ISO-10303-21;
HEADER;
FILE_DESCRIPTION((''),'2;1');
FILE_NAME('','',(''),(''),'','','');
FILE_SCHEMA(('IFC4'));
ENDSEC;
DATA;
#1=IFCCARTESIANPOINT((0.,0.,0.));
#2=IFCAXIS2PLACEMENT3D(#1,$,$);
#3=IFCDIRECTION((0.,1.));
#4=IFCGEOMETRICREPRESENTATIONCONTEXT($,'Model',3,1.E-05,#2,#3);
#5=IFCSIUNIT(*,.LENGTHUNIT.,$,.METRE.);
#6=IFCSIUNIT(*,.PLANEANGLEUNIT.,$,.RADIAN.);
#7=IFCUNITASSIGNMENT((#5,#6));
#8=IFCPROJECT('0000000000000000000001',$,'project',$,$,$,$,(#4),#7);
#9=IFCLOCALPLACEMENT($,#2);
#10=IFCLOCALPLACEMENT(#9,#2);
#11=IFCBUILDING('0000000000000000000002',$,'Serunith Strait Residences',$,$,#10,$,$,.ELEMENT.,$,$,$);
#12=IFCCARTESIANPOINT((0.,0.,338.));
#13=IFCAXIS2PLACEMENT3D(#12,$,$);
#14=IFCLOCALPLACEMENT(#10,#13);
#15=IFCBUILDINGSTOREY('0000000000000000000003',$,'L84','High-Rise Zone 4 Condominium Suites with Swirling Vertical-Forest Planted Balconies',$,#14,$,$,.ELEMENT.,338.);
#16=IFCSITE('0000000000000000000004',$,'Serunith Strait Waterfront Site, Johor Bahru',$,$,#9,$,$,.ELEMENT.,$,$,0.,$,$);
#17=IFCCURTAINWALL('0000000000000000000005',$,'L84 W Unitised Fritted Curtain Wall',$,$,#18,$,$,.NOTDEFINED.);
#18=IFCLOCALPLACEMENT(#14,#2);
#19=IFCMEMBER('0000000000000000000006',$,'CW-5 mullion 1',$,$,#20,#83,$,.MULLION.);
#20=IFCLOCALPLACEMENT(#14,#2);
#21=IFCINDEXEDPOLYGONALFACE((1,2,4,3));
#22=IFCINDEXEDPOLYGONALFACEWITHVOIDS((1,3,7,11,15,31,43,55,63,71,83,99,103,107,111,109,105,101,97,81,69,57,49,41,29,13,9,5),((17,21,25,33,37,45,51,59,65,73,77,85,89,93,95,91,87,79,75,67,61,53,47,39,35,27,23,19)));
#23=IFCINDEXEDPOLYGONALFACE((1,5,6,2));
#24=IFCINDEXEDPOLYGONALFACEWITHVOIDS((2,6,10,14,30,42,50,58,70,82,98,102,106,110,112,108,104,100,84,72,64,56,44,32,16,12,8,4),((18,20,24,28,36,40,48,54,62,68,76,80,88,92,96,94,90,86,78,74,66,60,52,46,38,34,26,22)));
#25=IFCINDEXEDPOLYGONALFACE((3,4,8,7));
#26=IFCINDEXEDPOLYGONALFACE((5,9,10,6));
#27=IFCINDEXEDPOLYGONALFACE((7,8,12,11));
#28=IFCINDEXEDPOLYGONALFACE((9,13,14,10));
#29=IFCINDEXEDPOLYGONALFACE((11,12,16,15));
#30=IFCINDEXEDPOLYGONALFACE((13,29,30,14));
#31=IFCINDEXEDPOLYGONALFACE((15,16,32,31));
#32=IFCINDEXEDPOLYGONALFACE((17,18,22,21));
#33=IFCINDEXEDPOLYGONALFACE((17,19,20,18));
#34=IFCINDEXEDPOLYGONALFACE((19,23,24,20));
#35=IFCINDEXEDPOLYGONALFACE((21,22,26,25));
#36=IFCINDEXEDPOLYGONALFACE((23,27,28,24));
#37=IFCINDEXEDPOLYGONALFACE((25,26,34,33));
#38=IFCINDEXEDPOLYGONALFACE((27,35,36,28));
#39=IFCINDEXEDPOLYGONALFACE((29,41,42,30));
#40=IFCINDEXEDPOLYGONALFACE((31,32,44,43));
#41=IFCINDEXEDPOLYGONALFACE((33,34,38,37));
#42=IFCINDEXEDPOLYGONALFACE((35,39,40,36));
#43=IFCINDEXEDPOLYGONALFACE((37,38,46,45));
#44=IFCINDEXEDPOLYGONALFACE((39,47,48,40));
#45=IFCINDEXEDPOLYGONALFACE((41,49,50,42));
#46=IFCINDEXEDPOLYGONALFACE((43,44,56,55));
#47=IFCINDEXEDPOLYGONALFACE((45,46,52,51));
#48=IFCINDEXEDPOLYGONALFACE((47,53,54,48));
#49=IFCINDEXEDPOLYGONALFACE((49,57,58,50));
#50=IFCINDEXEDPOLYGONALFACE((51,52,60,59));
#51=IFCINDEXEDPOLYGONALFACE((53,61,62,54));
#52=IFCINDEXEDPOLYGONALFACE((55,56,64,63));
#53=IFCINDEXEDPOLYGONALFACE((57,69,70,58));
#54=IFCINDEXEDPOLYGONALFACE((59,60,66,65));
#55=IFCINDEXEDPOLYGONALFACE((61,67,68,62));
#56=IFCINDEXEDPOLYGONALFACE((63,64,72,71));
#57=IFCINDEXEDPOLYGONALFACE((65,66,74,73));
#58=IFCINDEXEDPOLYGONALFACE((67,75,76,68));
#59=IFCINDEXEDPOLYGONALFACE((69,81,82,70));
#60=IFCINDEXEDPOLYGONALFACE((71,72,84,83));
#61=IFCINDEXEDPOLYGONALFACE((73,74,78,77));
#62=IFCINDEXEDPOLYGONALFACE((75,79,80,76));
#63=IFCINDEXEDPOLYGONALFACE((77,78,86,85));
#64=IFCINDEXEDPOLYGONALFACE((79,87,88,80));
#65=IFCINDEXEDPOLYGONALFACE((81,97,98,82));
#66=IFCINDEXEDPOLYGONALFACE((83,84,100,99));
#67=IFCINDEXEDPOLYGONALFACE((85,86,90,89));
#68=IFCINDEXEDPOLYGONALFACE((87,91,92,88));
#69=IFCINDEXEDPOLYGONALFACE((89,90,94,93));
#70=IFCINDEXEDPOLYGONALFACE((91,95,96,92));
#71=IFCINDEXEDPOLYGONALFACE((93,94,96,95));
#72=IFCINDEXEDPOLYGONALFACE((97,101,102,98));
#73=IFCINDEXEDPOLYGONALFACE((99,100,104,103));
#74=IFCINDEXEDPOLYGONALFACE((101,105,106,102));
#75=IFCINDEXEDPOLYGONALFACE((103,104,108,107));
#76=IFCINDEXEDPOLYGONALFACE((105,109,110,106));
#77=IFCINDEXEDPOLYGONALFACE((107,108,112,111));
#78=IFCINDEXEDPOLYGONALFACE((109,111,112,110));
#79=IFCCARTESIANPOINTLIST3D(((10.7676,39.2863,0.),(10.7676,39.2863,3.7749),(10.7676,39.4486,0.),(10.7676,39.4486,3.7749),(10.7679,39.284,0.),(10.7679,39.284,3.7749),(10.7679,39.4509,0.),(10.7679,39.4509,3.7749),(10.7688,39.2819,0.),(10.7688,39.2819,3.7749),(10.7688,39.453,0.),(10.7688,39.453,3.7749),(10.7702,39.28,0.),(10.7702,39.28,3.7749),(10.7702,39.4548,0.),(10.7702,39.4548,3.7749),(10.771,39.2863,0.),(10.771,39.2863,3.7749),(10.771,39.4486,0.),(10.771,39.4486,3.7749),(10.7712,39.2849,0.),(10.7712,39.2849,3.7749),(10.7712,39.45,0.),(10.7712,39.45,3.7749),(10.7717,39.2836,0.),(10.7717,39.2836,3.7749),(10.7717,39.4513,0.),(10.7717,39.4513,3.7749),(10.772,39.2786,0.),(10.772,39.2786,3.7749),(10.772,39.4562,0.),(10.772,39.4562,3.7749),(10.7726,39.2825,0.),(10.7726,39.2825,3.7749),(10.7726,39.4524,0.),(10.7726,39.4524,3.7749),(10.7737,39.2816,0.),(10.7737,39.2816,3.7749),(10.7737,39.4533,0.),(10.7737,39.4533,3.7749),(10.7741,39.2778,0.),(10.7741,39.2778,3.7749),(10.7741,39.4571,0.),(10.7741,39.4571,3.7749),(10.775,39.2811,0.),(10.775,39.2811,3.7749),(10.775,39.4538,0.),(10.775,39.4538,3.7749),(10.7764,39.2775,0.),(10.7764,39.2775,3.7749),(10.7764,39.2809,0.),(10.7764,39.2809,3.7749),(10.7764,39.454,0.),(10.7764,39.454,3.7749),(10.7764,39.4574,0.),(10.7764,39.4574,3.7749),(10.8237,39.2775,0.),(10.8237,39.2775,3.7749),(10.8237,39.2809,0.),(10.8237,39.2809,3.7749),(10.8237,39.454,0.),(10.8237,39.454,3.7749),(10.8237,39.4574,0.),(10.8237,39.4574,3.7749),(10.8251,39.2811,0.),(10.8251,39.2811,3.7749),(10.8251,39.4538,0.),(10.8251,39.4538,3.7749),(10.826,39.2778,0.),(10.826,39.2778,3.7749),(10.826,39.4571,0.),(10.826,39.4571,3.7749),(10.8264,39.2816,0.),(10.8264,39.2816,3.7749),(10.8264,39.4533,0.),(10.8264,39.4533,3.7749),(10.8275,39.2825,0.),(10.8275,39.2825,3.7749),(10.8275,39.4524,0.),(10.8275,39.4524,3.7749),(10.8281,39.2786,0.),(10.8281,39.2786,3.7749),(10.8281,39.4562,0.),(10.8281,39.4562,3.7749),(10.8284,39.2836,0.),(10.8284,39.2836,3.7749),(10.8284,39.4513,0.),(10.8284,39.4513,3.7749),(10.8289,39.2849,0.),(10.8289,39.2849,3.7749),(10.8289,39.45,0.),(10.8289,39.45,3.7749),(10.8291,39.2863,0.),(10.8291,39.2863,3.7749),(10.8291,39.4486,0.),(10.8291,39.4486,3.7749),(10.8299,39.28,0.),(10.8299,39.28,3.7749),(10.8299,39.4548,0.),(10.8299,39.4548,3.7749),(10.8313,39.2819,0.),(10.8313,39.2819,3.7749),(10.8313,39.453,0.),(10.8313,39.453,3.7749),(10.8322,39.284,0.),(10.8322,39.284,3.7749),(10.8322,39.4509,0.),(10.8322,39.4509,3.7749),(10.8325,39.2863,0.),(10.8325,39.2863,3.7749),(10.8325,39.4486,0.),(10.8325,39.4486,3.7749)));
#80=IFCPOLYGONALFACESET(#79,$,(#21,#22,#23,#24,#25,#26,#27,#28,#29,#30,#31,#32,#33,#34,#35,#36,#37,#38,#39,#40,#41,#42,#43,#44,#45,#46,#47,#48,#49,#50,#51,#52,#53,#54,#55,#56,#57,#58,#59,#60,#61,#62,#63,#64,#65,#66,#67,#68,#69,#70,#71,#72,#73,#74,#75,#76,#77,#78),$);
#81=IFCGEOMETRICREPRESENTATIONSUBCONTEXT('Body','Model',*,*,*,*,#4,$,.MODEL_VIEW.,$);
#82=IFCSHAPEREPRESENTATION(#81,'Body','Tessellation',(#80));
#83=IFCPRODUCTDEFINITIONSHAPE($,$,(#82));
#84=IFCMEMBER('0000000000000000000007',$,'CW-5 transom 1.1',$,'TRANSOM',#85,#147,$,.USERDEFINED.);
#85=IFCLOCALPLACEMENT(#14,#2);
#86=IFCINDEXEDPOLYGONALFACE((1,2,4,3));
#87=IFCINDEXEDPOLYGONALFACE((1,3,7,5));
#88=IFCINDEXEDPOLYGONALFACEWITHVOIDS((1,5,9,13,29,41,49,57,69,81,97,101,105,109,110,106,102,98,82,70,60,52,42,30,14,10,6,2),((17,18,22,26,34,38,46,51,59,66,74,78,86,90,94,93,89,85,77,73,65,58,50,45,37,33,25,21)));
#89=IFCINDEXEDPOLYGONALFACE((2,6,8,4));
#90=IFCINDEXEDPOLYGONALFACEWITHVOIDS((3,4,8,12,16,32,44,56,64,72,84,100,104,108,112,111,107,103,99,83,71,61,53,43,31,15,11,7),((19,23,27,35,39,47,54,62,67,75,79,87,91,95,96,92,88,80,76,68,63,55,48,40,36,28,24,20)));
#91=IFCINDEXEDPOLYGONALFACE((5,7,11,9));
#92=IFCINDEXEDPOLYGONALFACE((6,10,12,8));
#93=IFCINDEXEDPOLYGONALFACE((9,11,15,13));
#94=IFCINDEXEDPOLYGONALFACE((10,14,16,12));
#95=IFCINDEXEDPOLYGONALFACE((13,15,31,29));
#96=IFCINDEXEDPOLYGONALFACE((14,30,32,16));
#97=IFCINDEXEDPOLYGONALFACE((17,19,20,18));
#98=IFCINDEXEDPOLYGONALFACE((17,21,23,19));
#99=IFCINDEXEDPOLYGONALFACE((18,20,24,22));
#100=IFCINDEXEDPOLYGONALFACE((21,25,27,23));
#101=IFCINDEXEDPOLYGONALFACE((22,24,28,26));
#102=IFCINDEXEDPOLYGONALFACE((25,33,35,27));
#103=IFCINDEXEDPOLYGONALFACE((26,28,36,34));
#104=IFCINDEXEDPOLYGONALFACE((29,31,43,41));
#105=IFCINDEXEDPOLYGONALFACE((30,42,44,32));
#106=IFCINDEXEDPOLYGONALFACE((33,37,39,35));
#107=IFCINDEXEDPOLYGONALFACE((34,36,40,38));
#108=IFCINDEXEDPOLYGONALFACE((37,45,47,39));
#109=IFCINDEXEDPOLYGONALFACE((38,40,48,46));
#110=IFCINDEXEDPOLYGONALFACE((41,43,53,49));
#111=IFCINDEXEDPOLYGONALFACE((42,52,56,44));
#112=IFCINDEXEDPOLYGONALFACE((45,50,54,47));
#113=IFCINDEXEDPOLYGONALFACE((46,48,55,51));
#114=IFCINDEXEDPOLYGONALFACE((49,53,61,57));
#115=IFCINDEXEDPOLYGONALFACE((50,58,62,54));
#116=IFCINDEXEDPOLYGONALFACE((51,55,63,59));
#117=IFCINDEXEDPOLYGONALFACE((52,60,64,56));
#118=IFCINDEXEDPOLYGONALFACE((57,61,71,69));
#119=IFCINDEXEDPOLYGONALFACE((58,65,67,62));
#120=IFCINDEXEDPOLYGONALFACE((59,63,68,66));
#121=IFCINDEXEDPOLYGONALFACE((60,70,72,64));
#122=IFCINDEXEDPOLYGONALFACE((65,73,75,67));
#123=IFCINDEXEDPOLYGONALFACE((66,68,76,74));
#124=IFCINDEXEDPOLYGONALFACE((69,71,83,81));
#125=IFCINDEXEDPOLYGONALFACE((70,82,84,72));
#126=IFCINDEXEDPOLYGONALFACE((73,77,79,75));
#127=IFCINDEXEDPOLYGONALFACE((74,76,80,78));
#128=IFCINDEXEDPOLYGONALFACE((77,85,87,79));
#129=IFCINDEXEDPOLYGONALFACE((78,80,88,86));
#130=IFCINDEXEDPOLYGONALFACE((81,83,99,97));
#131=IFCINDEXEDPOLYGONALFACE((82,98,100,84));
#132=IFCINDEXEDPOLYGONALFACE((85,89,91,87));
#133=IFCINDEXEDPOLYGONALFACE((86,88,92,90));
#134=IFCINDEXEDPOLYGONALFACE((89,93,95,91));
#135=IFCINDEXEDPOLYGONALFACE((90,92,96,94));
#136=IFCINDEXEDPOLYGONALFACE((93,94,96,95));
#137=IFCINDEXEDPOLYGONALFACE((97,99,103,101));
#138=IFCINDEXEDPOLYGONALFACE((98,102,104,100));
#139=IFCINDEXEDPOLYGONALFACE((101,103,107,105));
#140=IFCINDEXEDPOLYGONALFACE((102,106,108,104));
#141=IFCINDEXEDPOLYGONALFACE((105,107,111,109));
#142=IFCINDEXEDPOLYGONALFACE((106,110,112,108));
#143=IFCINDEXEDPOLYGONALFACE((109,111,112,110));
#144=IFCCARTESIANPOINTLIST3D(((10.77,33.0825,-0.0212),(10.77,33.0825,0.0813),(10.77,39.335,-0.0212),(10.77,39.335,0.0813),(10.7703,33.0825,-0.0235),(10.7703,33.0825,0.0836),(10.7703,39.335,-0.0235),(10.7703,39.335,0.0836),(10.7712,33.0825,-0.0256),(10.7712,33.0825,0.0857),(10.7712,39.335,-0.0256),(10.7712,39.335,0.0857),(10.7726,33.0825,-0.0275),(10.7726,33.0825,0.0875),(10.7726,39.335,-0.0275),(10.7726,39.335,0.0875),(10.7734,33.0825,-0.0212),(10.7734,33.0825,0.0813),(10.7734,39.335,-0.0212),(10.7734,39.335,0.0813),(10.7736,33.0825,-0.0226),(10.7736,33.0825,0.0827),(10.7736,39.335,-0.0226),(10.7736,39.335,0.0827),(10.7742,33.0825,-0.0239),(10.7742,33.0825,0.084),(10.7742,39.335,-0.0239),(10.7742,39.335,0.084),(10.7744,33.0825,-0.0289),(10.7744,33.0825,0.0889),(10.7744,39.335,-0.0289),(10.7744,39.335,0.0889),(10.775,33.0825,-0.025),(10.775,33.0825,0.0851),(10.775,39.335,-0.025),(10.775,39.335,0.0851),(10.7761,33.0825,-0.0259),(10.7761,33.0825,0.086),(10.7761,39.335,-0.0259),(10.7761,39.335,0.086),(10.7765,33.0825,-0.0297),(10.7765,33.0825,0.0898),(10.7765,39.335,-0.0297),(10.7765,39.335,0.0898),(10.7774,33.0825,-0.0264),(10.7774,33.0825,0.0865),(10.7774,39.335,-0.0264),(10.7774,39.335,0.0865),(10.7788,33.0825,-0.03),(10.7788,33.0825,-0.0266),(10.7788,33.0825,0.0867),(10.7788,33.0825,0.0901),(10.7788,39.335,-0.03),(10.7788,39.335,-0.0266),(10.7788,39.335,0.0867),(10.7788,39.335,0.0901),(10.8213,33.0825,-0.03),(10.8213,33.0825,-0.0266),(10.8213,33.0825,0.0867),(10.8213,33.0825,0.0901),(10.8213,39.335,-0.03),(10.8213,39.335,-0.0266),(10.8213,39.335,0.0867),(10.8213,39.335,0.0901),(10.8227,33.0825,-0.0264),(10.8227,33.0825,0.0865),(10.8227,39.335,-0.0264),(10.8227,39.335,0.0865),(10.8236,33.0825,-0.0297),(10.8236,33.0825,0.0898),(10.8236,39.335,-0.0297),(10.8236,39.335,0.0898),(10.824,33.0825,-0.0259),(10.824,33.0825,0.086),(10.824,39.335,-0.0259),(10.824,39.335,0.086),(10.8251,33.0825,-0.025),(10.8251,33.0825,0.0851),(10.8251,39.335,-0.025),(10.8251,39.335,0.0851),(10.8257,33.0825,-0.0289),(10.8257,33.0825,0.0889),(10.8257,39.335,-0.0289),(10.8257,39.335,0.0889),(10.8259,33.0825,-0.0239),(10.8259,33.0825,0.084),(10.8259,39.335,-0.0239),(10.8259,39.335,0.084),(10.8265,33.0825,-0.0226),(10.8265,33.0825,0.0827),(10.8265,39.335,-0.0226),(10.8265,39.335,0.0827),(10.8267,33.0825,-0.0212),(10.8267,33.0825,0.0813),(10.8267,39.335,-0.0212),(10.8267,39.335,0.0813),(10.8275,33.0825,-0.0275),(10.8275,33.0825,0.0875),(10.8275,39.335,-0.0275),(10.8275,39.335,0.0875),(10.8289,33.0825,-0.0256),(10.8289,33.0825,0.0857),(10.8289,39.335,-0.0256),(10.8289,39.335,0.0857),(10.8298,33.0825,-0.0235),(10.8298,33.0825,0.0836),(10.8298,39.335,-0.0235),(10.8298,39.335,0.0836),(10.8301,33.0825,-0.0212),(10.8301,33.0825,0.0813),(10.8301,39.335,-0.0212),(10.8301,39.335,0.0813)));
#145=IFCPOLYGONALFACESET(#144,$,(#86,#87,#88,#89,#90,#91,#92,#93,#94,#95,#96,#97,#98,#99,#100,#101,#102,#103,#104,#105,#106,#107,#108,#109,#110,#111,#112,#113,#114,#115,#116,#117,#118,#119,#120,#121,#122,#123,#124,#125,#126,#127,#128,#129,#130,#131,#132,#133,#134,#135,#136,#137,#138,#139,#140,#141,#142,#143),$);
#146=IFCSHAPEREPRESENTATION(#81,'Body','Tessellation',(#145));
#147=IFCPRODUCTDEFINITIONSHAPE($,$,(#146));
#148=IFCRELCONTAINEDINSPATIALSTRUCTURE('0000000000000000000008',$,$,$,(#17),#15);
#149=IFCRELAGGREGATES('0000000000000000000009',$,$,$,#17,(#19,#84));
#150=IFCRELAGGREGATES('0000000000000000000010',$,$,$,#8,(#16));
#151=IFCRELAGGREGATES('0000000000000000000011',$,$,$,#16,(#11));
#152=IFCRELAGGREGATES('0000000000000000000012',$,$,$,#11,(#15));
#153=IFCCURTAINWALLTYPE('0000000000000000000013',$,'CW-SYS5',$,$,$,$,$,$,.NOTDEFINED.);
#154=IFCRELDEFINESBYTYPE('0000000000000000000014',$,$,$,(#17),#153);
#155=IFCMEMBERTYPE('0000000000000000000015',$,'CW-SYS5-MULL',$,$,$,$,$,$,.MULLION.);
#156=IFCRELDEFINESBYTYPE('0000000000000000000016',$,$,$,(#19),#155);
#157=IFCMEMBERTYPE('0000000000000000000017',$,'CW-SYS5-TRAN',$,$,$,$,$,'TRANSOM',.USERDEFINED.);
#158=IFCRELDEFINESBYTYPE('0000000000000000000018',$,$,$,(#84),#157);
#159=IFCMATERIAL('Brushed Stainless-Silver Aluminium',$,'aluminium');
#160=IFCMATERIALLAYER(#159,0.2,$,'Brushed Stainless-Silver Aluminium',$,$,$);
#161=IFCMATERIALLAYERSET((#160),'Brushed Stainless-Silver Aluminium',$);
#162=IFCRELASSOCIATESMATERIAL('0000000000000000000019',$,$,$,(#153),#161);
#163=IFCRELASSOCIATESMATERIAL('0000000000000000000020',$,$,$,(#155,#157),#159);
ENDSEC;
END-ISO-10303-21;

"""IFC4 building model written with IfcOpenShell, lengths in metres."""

from ifc_helpers import new_model, si_unit, direction, frame, origin, origin_2d, place, context, subcontext, project, spatial, hollow_rectangle, extrude, source, transform, mapped, material, layer, layer_set, material_profile, profile_set, type_object, element, aggregate, save


model = new_model("IFC4")

# Units and contexts
model_context = context("Model", 3, precision=1e-05, world=origin(), true_north=direction((0.0, 1.0)))
body_context = subcontext(model_context, "Body", "Model", "MODEL_VIEW")
ifc_project = project(units=[si_unit("LENGTHUNIT", "METRE"), si_unit("PLANEANGLEUNIT", "RADIAN")], contexts=[model_context])

# Site, building, storey
site_placement = place(None, origin())
site = spatial("IfcSite", under=ifc_project, at=site_placement, Name="Serunith Strait Waterfront Site, Johor Bahru", CompositionType="ELEMENT", RefElevation=0.0)
building_placement = place(site_placement, origin())
building = spatial("IfcBuilding", under=site, at=building_placement, Name="Serunith Strait Residences", CompositionType="ELEMENT")
storey_placement = place(building_placement, frame((0.0, 0.0, 338.0)))
storey = spatial("IfcBuildingStorey", under=building, at=storey_placement, Name="L84", Description="High-Rise Zone 4 Condominium Suites with Swirling Vertical-Forest Planted Balconies", CompositionType="ELEMENT", Elevation=338.0)

# Shared definitions
ifc_material_1 = material(Name="Brushed Stainless-Silver Aluminium", Category="aluminium")
ifc_layer_1 = layer(ifc_material_1, 0.2, Name="Brushed Stainless-Silver Aluminium")
ifc_layer_set_1 = layer_set([ifc_layer_1], Name="Brushed Stainless-Silver Aluminium")
curtain_wall_type = type_object("IfcCurtainWallType", Name="CW-SYS5", PredefinedType="NOTDEFINED", material=ifc_layer_set_1)
ifc_material_profile_1 = material_profile(ifc_material_1, hollow_rectangle(XDim=0.0649, YDim=0.1799, WallThickness=0.0034, InnerFilletRadius=0.0054, OuterFilletRadius=0.0088, at=origin_2d()), Name="ALU 180x65x3.5")
ifc_profile_set_1 = profile_set([ifc_material_profile_1], Name="Brushed Stainless-Silver Aluminium")
member_type_1 = type_object("IfcMemberType", Name="CW-SYS5-MULL", PredefinedType="MULLION", material=ifc_profile_set_1)
shared_shape_1 = source(origin(), body_context, "Body", "SweptSolid", [
    extrude(hollow_rectangle(XDim=0.0649, YDim=0.1799, WallThickness=0.0034, InnerFilletRadius=0.0054, OuterFilletRadius=0.0088, at=origin_2d()), origin(), (0.0, 0.0, 1.0), 3.7749),
])

# Curtain wall, members
curtain_wall_1_placement = place(storey_placement, origin())
curtain_wall_1 = element("IfcCurtainWall", 1, at=curtain_wall_1_placement, inside=storey, type_object=curtain_wall_type, Name="L84 W Unitised Fritted Curtain Wall", PredefinedType="NOTDEFINED")
member_1_placement = place(storey_placement, frame((10.8, 39.3674, 0.0), z_axis=(0.0, 0.0, 1.0), x_axis=(1.0, 0.0, 0.0)))
member_1 = element("IfcMember", 2, at=member_1_placement, type_object=member_type_1, Name="CW-5 mullion 1", PredefinedType="MULLION", context=body_context, shape_type="MappedRepresentation", body=[
    mapped(shared_shape_1, transform((0.0, 0.0, 0.0), scale=1.0)),
])
ifc_material_profile_2 = material_profile(ifc_material_1, hollow_rectangle(XDim=0.0601, YDim=0.1201, WallThickness=0.0034, InnerFilletRadius=0.0054, OuterFilletRadius=0.0088, at=origin_2d()), Name="ALU 120x60x3.5")
ifc_profile_set_2 = profile_set([ifc_material_profile_2], Name="Brushed Stainless-Silver Aluminium")
member_type_2 = type_object("IfcMemberType", Name="CW-SYS5-TRAN", ElementType="TRANSOM", PredefinedType="USERDEFINED", material=ifc_profile_set_2)
shared_shape_2 = source(origin(), body_context, "Body", "SweptSolid", [
    extrude(hollow_rectangle(XDim=0.0601, YDim=0.1201, WallThickness=0.0034, InnerFilletRadius=0.0054, OuterFilletRadius=0.0088, at=origin_2d()), origin(), (0.0, 0.0, 1.0), 6.2524),
])
member_2_placement = place(storey_placement, frame((10.8, 39.335, 0.03), z_axis=(0.0, -1.0, 0.0), x_axis=(1.0, 0.0, 0.0)))
member_2 = element("IfcMember", 3, at=member_2_placement, type_object=member_type_2, Name="CW-5 transom 1.1", ObjectType="TRANSOM", PredefinedType="USERDEFINED", context=body_context, shape_type="MappedRepresentation", body=[
    mapped(shared_shape_2, transform((0.0, 0.0, 0.0), scale=1.0)),
])
aggregate(curtain_wall_1, [member_1, member_2])

save(model, "model.ifc")
